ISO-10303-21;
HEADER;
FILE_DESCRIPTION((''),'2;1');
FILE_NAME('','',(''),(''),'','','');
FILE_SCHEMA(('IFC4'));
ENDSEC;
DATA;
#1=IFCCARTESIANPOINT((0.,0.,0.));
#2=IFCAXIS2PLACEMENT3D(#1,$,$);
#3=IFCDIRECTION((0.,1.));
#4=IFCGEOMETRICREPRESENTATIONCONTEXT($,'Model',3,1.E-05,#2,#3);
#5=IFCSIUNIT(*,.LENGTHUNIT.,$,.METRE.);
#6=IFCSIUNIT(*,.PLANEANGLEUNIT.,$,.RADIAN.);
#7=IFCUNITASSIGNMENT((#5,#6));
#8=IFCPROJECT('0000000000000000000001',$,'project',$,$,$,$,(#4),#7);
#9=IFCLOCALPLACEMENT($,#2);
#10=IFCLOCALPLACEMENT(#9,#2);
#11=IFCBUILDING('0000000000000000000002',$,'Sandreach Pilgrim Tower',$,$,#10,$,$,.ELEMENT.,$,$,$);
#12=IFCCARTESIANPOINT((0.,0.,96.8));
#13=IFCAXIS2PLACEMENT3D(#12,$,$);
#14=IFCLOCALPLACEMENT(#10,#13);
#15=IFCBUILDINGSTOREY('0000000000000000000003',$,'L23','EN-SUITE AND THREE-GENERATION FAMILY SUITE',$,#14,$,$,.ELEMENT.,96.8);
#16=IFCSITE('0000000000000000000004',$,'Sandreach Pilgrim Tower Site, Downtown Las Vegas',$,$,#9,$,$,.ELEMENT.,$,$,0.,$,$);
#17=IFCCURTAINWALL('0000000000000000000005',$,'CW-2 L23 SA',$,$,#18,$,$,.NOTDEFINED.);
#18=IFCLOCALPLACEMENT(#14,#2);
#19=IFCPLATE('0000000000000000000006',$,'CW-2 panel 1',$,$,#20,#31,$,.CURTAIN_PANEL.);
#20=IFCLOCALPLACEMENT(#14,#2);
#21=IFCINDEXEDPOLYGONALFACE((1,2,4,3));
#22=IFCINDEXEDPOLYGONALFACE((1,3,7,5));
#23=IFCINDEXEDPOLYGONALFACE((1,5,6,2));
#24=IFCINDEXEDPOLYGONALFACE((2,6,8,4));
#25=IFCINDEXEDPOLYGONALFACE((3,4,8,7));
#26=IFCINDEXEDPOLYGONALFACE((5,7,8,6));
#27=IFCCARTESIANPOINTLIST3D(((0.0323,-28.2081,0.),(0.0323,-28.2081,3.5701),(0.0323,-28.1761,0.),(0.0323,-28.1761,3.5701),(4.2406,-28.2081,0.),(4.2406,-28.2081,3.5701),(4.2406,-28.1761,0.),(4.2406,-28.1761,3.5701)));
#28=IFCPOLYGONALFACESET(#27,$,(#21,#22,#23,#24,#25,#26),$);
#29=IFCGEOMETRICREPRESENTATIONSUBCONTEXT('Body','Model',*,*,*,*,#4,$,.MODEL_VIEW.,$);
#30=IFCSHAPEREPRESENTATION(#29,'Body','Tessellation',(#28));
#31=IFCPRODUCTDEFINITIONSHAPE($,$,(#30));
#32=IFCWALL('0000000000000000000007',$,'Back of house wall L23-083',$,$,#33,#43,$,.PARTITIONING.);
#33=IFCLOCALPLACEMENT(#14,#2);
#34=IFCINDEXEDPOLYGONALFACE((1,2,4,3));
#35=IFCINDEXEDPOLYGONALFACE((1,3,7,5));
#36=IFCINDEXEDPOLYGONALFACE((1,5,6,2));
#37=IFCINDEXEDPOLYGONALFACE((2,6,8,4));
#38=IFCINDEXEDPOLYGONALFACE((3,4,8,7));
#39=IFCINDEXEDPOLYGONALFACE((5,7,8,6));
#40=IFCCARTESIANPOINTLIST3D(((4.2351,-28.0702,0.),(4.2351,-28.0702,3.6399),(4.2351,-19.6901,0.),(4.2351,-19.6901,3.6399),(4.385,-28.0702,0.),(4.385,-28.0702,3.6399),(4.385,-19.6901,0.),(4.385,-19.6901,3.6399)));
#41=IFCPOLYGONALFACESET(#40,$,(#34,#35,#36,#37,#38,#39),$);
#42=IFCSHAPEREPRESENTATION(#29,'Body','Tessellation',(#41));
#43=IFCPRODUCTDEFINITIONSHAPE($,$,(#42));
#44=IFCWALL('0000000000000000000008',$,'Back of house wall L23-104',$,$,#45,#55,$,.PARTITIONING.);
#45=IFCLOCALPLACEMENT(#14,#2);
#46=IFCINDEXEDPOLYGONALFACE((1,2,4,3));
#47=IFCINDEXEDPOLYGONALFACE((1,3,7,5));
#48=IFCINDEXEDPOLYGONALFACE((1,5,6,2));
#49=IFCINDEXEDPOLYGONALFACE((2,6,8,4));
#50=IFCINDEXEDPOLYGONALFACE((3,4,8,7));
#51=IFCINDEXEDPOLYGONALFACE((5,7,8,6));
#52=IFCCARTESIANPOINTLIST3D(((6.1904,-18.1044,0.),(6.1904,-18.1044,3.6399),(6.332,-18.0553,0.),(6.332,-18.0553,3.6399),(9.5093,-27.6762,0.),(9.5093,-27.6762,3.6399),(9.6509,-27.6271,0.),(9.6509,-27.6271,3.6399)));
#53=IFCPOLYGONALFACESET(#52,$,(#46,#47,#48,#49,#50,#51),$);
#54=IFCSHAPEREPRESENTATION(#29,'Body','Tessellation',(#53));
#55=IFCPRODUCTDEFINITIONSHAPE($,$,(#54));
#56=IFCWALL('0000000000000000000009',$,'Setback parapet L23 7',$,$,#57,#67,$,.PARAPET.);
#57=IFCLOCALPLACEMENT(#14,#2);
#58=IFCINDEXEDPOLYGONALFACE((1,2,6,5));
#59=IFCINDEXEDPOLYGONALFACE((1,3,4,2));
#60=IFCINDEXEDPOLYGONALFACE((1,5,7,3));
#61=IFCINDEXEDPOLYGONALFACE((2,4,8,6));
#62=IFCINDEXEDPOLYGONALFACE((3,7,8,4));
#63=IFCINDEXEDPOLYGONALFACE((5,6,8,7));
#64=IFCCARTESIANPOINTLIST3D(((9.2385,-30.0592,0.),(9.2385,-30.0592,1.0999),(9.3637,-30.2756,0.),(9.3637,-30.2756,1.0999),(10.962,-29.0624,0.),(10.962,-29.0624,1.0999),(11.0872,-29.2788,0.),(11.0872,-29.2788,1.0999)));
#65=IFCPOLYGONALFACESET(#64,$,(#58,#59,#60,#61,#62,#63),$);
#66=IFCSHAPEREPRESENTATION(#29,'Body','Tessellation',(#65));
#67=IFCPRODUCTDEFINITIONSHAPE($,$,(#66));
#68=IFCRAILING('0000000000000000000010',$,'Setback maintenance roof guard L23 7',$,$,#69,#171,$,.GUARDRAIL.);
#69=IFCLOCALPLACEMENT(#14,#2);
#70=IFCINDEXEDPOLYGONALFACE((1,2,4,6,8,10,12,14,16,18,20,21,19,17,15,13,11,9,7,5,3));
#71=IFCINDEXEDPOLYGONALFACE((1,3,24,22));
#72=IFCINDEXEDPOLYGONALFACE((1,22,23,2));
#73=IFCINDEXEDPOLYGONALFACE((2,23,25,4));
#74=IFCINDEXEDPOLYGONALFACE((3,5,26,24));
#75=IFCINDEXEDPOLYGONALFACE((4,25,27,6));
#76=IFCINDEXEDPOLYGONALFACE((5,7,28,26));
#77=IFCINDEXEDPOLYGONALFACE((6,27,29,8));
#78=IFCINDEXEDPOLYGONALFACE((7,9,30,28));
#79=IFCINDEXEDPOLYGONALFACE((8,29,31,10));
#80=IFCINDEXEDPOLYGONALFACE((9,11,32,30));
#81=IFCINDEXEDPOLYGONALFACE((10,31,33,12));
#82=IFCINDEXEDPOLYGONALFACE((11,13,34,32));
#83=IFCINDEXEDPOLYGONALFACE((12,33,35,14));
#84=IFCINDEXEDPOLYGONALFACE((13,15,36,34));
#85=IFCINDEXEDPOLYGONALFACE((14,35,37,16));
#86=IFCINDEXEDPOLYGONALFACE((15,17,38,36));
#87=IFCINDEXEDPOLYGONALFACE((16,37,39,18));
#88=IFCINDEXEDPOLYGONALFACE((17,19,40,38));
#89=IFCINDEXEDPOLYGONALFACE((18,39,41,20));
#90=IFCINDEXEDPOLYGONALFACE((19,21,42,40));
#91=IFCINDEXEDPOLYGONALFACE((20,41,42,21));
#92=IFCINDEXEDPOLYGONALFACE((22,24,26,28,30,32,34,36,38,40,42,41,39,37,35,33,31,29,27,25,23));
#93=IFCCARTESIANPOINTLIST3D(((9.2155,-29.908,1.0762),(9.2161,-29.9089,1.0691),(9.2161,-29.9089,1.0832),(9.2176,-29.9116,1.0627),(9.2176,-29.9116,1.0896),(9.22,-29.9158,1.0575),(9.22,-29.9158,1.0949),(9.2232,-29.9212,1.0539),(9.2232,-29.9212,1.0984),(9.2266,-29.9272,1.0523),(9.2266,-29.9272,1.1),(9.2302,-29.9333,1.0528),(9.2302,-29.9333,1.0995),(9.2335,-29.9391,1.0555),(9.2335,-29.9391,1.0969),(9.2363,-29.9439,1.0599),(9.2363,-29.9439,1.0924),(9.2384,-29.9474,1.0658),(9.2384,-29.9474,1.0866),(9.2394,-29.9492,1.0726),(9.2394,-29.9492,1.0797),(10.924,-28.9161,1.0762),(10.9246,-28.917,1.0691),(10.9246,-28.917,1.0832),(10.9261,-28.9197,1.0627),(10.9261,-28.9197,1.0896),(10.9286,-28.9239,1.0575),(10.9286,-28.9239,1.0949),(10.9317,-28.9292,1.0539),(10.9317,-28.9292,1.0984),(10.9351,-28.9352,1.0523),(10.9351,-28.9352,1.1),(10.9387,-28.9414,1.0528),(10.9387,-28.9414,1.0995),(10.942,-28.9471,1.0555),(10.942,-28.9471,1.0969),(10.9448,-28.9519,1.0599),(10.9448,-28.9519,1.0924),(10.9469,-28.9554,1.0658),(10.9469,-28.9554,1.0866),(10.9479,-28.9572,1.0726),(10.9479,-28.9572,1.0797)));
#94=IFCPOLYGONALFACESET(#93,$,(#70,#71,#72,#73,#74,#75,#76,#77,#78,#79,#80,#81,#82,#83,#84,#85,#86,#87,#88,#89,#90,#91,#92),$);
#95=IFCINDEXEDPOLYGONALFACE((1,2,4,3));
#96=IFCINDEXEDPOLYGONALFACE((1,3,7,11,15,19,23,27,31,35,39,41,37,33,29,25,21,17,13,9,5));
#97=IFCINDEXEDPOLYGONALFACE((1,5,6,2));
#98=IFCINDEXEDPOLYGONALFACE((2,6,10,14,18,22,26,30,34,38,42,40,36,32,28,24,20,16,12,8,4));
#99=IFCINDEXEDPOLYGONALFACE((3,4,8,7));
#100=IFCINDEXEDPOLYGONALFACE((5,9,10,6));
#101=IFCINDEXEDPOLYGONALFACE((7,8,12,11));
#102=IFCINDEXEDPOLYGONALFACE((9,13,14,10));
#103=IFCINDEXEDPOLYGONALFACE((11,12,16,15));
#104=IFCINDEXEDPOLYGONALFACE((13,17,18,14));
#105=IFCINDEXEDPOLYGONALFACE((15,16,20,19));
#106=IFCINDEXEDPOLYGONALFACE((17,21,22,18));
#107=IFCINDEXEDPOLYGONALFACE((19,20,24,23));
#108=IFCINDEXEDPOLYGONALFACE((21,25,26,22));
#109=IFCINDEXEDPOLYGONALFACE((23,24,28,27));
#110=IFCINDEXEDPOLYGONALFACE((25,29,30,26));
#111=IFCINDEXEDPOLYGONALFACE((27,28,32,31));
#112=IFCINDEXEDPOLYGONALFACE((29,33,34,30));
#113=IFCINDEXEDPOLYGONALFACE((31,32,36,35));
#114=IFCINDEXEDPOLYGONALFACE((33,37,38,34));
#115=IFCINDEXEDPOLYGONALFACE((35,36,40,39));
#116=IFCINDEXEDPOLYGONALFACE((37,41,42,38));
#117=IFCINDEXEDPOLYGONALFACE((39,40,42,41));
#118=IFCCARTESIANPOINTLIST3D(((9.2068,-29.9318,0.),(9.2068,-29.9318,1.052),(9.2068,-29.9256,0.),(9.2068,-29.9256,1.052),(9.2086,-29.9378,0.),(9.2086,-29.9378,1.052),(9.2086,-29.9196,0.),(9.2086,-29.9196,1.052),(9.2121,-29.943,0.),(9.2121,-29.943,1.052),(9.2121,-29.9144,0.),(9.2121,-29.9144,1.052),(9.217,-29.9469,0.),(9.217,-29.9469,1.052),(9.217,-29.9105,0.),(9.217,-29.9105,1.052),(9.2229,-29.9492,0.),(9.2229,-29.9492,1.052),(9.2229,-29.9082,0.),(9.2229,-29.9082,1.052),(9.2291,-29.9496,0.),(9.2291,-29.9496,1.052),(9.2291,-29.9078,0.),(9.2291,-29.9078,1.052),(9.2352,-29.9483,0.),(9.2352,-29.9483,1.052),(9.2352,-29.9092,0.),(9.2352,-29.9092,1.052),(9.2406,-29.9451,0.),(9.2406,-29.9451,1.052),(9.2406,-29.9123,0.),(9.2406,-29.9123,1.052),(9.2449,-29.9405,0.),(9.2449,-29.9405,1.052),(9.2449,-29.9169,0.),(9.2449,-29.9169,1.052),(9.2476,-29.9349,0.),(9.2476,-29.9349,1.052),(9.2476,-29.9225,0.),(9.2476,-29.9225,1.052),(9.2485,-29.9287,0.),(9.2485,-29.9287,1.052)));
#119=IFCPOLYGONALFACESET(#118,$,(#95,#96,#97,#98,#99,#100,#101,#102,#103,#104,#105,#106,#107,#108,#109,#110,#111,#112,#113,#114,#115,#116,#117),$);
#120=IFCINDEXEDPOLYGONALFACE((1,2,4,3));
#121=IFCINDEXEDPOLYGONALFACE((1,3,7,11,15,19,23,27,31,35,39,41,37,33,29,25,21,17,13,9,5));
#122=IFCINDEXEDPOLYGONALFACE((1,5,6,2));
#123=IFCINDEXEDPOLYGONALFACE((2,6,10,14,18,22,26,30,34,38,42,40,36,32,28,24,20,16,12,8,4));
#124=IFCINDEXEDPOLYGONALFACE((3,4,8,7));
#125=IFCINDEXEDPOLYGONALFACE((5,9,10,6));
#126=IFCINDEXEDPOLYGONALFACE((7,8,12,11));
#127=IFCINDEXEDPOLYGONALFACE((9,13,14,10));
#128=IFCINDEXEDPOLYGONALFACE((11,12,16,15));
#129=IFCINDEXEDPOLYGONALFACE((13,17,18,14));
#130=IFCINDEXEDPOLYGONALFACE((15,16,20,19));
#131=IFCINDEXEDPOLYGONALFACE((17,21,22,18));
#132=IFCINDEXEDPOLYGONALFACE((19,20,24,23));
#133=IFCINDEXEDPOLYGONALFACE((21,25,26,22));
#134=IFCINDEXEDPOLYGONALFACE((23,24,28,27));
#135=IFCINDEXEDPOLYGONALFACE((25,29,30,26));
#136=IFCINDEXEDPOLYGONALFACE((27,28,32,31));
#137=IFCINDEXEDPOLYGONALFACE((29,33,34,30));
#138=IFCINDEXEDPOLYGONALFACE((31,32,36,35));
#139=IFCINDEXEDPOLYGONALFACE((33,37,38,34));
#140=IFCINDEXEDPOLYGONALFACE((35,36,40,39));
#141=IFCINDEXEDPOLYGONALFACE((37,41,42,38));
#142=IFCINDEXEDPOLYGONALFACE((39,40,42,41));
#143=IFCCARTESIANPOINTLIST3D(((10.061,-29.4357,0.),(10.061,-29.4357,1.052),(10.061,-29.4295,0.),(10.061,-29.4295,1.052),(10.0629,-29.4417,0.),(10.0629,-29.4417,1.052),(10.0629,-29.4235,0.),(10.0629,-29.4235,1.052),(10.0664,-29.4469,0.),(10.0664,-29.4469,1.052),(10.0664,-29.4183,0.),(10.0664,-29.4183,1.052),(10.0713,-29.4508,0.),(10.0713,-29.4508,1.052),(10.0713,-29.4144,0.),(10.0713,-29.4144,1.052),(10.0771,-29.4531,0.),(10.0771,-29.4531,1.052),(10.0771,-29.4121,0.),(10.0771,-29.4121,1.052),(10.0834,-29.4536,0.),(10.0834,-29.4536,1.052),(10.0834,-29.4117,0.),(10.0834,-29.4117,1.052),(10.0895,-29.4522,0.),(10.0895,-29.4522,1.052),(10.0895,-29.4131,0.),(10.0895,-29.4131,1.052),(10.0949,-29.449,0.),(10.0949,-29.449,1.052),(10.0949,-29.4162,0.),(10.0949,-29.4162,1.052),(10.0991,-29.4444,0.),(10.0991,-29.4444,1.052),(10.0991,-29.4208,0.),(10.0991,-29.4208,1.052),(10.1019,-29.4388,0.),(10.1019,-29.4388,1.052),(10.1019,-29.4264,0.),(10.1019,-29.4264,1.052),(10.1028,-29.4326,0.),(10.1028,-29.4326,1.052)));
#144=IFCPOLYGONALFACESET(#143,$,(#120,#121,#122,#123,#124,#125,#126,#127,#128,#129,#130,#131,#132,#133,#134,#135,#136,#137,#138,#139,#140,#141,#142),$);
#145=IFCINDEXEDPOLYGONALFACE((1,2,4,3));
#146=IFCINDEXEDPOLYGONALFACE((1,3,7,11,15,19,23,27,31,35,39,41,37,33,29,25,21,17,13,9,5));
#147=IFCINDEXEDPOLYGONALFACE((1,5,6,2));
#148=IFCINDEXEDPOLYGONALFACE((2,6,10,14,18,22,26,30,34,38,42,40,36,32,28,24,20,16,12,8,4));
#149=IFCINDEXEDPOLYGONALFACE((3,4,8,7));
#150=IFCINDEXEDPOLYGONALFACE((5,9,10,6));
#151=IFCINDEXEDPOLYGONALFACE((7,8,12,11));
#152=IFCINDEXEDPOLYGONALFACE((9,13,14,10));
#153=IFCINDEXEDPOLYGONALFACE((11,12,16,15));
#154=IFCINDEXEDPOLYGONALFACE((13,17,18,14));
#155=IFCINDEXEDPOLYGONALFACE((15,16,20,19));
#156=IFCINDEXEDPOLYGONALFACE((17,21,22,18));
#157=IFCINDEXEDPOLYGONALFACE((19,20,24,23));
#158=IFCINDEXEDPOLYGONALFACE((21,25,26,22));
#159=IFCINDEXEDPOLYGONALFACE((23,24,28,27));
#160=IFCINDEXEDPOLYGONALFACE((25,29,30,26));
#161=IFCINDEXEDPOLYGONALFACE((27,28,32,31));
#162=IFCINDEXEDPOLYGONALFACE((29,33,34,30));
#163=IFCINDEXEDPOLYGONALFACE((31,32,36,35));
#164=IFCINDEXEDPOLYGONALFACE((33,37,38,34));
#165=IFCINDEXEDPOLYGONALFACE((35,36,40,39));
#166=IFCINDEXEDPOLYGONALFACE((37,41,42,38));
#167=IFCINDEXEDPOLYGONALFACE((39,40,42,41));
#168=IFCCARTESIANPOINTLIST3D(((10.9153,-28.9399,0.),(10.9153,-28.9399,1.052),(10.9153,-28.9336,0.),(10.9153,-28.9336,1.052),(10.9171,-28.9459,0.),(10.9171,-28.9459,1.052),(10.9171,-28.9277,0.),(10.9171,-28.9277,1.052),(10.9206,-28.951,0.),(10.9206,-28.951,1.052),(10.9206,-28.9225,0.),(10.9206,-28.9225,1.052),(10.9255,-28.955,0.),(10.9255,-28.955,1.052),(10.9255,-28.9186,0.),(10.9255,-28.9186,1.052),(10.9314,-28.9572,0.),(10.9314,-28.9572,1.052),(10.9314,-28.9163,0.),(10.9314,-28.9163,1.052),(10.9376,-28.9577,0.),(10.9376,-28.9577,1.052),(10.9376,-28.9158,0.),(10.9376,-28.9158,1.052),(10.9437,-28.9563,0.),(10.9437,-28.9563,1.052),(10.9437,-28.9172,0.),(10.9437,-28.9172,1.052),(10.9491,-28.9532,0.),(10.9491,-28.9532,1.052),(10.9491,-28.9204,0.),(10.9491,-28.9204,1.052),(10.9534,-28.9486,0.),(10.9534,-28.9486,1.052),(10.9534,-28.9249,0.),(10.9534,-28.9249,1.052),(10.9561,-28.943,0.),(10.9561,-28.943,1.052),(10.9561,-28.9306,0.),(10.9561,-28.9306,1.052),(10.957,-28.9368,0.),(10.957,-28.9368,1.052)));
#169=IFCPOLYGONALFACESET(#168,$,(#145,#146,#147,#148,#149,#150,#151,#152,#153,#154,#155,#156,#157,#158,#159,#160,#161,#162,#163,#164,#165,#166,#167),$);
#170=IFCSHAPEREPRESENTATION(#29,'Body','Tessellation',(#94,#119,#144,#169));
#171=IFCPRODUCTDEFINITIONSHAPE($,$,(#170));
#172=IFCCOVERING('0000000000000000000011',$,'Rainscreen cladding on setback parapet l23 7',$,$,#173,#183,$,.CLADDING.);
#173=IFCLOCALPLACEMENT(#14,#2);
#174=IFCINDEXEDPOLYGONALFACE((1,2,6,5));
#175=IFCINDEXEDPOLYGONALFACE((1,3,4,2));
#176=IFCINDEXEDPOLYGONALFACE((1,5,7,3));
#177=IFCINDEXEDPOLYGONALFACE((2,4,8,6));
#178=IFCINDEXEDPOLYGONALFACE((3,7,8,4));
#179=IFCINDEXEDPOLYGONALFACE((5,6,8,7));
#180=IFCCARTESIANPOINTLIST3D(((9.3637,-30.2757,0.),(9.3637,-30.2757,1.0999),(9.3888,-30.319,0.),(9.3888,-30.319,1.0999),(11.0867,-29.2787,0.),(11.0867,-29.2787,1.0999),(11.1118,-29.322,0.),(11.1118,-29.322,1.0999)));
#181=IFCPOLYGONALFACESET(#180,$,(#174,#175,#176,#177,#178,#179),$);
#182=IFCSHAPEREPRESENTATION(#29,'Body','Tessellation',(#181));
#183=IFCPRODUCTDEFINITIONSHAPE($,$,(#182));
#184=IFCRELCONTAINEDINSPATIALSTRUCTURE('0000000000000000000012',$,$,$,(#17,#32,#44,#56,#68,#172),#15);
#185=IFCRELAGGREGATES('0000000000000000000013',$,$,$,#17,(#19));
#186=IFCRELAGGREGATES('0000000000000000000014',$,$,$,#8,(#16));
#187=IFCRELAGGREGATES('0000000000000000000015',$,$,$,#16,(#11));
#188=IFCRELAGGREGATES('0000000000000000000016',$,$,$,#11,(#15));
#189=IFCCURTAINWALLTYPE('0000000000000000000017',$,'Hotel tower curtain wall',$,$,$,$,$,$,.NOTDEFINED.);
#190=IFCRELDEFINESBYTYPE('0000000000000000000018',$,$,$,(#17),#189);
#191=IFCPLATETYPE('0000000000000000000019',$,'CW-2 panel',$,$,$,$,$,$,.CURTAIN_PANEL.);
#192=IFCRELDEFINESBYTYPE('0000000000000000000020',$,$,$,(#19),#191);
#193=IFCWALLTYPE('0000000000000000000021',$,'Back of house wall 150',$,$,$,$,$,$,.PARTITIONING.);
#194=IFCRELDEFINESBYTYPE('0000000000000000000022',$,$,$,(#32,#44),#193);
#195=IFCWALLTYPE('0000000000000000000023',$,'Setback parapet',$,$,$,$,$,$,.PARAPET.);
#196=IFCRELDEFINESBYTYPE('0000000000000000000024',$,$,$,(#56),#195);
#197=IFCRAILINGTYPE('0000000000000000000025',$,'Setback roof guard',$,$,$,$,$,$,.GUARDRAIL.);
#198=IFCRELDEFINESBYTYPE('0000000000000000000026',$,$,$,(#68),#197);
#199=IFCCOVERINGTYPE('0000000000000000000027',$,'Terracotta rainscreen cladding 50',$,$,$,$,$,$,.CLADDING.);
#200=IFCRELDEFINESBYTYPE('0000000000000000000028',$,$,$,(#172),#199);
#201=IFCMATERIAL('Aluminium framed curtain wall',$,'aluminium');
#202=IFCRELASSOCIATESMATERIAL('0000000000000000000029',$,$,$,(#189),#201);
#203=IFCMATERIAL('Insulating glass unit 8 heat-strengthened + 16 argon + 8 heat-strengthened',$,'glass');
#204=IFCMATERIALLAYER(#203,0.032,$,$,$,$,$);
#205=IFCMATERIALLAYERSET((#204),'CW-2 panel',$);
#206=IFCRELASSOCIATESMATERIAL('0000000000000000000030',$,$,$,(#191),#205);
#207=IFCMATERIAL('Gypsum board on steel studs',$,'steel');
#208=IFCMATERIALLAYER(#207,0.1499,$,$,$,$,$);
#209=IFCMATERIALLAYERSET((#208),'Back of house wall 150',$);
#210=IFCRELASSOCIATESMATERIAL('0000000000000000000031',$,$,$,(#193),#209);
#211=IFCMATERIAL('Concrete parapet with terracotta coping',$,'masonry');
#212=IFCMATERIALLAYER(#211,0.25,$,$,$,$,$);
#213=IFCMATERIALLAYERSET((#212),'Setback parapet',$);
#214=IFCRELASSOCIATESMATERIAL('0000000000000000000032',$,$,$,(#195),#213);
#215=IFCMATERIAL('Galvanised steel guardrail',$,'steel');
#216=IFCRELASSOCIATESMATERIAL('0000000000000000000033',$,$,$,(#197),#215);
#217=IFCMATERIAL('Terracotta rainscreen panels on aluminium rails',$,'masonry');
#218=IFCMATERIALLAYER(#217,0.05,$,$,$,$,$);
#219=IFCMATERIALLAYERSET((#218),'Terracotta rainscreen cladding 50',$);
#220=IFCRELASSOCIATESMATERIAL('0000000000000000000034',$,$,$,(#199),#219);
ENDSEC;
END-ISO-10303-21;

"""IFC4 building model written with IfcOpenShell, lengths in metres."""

from ifc_helpers import new_model, si_unit, direction, frame, frame_2d, origin, origin_2d, place, context, subcontext, project, spatial, rectangle, circle, extrude, material, layer, layer_set, type_object, element, aggregate, save


model = new_model("IFC4")

# Units and contexts
model_context = context("Model", 3, precision=1e-05, world=origin(), true_north=direction((0.0, 1.0)))
body_context = subcontext(model_context, "Body", "Model", "MODEL_VIEW")
ifc_project = project(units=[si_unit("LENGTHUNIT", "METRE"), si_unit("PLANEANGLEUNIT", "RADIAN")], contexts=[model_context])

# Site, building, storey
site_placement = place(None, origin())
site = spatial("IfcSite", under=ifc_project, at=site_placement, Name="Sandreach Pilgrim Tower Site, Downtown Las Vegas", CompositionType="ELEMENT", RefElevation=0.0)
building_placement = place(site_placement, origin())
building = spatial("IfcBuilding", under=site, at=building_placement, Name="Sandreach Pilgrim Tower", CompositionType="ELEMENT")
storey_placement = place(building_placement, frame((0.0, 0.0, 96.8)))
storey = spatial("IfcBuildingStorey", under=building, at=storey_placement, Name="L23", Description="EN-SUITE AND THREE-GENERATION FAMILY SUITE", CompositionType="ELEMENT", Elevation=96.8)

# Curtain wall
ifc_material_1 = material(Name="Aluminium framed curtain wall", Category="aluminium")
curtain_wall_type = type_object("IfcCurtainWallType", Name="Hotel tower curtain wall", PredefinedType="NOTDEFINED", material=ifc_material_1)
curtain_wall_placement = place(storey_placement, origin())
curtain_wall = element("IfcCurtainWall", 1, at=curtain_wall_placement, inside=storey, type_object=curtain_wall_type, Name="CW-2 L23 SA", PredefinedType="NOTDEFINED")

# Plate
ifc_material_2 = material(Name="Insulating glass unit 8 heat-strengthened + 16 argon + 8 heat-strengthened", Category="glass")
ifc_layer_1 = layer(ifc_material_2, 0.032)
ifc_layer_set_1 = layer_set([ifc_layer_1], Name="CW-2 panel")
plate_type = type_object("IfcPlateType", Name="CW-2 panel", PredefinedType="CURTAIN_PANEL", material=ifc_layer_set_1)
plate_placement = place(storey_placement, frame((2.1365, -28.1921, 0.0), z_axis=(0.0, 0.0, 1.0), x_axis=(-1.0, 0.0, 0.0)))
plate = element("IfcPlate", 2, at=plate_placement, type_object=plate_type, Name="CW-2 panel 1", PredefinedType="CURTAIN_PANEL", context=body_context, shape_type="SweptSolid", body=[
    extrude(rectangle(XDim=4.2083, YDim=0.032, at=origin_2d()), origin(), (0.0, 0.0, 1.0), 3.5701),
])
aggregate(curtain_wall, [plate])

# Walls
ifc_material_3 = material(Name="Gypsum board on steel studs", Category="steel")
ifc_layer_2 = layer(ifc_material_3, 0.1499)
ifc_layer_set_2 = layer_set([ifc_layer_2], Name="Back of house wall 150")
wall_type_1 = type_object("IfcWallType", Name="Back of house wall 150", PredefinedType="PARTITIONING", material=ifc_layer_set_2)
wall_1_placement = place(storey_placement, frame((4.3101, -28.0701, 0.0), z_axis=(0.0, 0.0, 1.0), x_axis=(0.0, 1.0, 0.0)))
element("IfcWall", 3, at=wall_1_placement, inside=storey, type_object=wall_type_1, Name="Back of house wall L23-083", PredefinedType="PARTITIONING", context=body_context, shape_type="SweptSolid", body=[
    extrude(rectangle(XDim=8.3801, YDim=0.1499, at=frame_2d((4.1899, 0.0))), origin(), (0.0, 0.0, 1.0), 3.6399),
])
wall_2_placement = place(storey_placement, frame((9.5801, -27.6516, 0.0), z_axis=(0.0, 0.0, 1.0), x_axis=(-0.327599, 0.944817, 0.0)))
element("IfcWall", 4, at=wall_2_placement, inside=storey, type_object=wall_type_1, Name="Back of house wall L23-104", PredefinedType="PARTITIONING", context=body_context, shape_type="SweptSolid", body=[
    extrude(rectangle(XDim=10.1309, YDim=0.1499, at=frame_2d((5.0654, 0.0))), origin(), (0.0, 0.0, 1.0), 3.6399),
])

# Wall
ifc_material_4 = material(Name="Concrete parapet with terracotta coping", Category="masonry")
ifc_layer_3 = layer(ifc_material_4, 0.25)
ifc_layer_set_3 = layer_set([ifc_layer_3], Name="Setback parapet")
wall_type_2 = type_object("IfcWallType", Name="Setback parapet", PredefinedType="PARAPET", material=ifc_layer_set_3)
wall_3_placement = place(storey_placement, frame((9.301, -30.1675, 0.0), z_axis=(0.0, 0.0, 1.0), x_axis=(0.865628, 0.500688, 0.0)))
element("IfcWall", 5, at=wall_3_placement, inside=storey, type_object=wall_type_2, Name="Setback parapet L23 7", PredefinedType="PARAPET", context=body_context, shape_type="SweptSolid", body=[
    extrude(rectangle(XDim=1.991, YDim=0.25, at=frame_2d((0.9956, 0.0))), origin(), (0.0, 0.0, 1.0), 1.0999),
])

# Railing
ifc_material_5 = material(Name="Galvanised steel guardrail", Category="steel")
railing_type = type_object("IfcRailingType", Name="Setback roof guard", PredefinedType="GUARDRAIL", material=ifc_material_5)
railing_placement = place(storey_placement, frame((9.2275, -29.9287, 0.0)))
element("IfcRailing", 6, at=railing_placement, inside=storey, type_object=railing_type, Name="Setback maintenance roof guard L23 7", PredefinedType="GUARDRAIL", context=body_context, shape_type="SweptSolid", body=[
    extrude(circle(Radius=0.0239, at=origin_2d()), frame((0.0, 0.0, 1.0762), z_axis=(0.864808, 0.502103, 0.0), x_axis=(-0.502103, 0.864808, 0.0)), (0.0, 0.0, 1.0), 1.9756),
    extrude(circle(Radius=0.021, at=origin_2d()), origin(), (0.0, 0.0, 1.0), 1.052),
    extrude(circle(Radius=0.021, at=origin_2d()), frame((0.8542, 0.4961, 0.0)), (0.0, 0.0, 1.0), 1.052),
    extrude(circle(Radius=0.021, at=origin_2d()), frame((1.7085, 0.9919, 0.0)), (0.0, 0.0, 1.0), 1.052),
])

# Covering
ifc_material_6 = material(Name="Terracotta rainscreen panels on aluminium rails", Category="masonry")
ifc_layer_4 = layer(ifc_material_6, 0.05)
ifc_layer_set_4 = layer_set([ifc_layer_4], Name="Terracotta rainscreen cladding 50")
covering_type = type_object("IfcCoveringType", Name="Terracotta rainscreen cladding 50", PredefinedType="CLADDING", material=ifc_layer_set_4)
covering_placement = place(storey_placement, frame((9.3762, -30.2974, 0.0), z_axis=(0.0, 0.0, 1.0), x_axis=(0.865544, 0.500833, 0.0)))
element("IfcCovering", 7, at=covering_placement, inside=storey, type_object=covering_type, Name="Rainscreen cladding on setback parapet l23 7", PredefinedType="CLADDING", context=body_context, shape_type="SweptSolid", body=[
    extrude(rectangle(XDim=1.9907, YDim=0.05, at=frame_2d((0.9954, 0.0))), origin(), (0.0, 0.0, 1.0), 1.0999),
])

save(model, "model.ifc")
